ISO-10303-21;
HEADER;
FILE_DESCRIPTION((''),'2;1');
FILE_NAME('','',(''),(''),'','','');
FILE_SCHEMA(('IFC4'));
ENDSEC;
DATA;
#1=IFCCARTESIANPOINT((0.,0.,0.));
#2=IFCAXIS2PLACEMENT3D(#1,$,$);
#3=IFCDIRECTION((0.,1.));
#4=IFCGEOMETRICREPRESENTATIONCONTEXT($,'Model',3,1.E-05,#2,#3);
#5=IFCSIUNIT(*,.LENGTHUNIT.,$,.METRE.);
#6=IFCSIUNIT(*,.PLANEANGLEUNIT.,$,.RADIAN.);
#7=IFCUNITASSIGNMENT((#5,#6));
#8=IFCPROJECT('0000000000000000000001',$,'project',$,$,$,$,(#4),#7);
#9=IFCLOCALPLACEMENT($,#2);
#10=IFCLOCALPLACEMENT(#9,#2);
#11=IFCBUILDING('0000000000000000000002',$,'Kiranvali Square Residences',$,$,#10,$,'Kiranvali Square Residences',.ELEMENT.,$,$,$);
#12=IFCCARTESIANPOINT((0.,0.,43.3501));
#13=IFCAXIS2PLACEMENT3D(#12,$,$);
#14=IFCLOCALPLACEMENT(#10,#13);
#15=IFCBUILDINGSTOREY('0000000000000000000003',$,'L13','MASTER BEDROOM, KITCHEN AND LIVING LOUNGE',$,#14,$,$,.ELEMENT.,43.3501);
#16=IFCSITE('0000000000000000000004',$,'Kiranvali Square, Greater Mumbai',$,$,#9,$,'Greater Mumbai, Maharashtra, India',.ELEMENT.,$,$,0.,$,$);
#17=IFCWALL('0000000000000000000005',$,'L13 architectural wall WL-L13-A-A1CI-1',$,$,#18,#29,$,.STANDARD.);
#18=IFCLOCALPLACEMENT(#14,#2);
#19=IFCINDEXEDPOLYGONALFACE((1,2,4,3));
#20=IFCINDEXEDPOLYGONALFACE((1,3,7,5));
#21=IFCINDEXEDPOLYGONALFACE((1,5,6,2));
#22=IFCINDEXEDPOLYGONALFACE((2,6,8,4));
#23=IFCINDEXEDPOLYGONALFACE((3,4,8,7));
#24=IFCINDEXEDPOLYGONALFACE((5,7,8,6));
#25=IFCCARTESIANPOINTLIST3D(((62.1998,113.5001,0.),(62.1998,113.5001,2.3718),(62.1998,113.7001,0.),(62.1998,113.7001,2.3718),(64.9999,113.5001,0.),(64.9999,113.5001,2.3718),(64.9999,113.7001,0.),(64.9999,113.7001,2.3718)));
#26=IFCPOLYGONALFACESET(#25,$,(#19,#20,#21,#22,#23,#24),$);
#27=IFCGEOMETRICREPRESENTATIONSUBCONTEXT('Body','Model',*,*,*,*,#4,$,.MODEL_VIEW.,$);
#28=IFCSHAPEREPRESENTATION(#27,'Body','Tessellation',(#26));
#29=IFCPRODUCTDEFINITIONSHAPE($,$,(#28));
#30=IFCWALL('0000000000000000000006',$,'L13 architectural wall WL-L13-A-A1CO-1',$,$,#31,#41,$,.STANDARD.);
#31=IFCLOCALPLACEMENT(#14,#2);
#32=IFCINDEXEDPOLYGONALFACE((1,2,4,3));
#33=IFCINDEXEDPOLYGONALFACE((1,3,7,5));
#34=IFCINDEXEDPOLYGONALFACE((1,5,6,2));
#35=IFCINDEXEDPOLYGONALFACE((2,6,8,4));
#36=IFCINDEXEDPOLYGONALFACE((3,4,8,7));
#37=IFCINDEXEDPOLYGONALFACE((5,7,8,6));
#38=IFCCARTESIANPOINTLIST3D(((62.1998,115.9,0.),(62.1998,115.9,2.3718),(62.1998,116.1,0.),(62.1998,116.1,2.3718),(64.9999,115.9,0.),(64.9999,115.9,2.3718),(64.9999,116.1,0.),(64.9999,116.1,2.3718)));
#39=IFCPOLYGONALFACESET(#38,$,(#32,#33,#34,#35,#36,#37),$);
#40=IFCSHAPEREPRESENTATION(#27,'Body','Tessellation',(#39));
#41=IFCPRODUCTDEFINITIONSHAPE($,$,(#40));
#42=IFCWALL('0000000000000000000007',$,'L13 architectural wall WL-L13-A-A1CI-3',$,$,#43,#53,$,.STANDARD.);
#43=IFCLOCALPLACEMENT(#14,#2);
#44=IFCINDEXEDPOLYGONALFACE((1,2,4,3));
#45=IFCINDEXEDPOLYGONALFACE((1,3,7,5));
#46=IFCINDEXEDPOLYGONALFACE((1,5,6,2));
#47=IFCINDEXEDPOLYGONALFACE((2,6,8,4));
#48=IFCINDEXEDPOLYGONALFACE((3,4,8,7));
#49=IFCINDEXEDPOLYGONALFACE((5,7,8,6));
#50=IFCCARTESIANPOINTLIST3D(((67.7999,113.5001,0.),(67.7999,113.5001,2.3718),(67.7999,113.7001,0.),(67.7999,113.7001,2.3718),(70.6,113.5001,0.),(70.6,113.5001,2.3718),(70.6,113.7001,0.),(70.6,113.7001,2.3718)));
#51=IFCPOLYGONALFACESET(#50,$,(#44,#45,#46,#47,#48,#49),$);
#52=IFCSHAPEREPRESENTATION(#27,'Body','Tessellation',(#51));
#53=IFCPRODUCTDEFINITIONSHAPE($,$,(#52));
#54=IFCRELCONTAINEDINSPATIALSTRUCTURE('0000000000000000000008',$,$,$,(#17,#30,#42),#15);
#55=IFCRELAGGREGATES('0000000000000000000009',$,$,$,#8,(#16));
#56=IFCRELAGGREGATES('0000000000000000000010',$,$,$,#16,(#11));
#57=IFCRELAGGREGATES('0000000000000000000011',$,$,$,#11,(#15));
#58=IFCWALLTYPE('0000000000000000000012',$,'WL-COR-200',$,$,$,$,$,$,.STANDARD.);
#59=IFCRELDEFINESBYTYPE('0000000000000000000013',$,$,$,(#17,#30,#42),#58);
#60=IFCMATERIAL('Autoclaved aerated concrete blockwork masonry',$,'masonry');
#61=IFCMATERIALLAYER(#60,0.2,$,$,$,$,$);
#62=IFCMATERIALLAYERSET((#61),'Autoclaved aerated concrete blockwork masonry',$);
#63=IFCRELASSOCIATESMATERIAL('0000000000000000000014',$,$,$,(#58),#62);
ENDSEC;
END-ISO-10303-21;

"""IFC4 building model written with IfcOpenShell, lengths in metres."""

from ifc_helpers import new_model, si_unit, direction, frame, frame_2d, origin, place, context, subcontext, project, spatial, rectangle, extrude, material, layer, layer_set, type_object, element, save


model = new_model("IFC4")

# Units and contexts
model_context = context("Model", 3, precision=1e-05, world=origin(), true_north=direction((0.0, 1.0)))
body_context = subcontext(model_context, "Body", "Model", "MODEL_VIEW")
ifc_project = project(units=[si_unit("LENGTHUNIT", "METRE"), si_unit("PLANEANGLEUNIT", "RADIAN")], contexts=[model_context])

# Site, building, storey
site_placement = place(None, origin())
site = spatial("IfcSite", under=ifc_project, at=site_placement, Name="Kiranvali Square, Greater Mumbai", LongName="Greater Mumbai, Maharashtra, India", CompositionType="ELEMENT", RefElevation=0.0)
building_placement = place(site_placement, origin())
building = spatial("IfcBuilding", under=site, at=building_placement, Name="Kiranvali Square Residences", LongName="Kiranvali Square Residences", CompositionType="ELEMENT")
storey_placement = place(building_placement, frame((0.0, 0.0, 43.3501)))
storey = spatial("IfcBuildingStorey", under=building, at=storey_placement, Name="L13", Description="MASTER BEDROOM, KITCHEN AND LIVING LOUNGE", CompositionType="ELEMENT", Elevation=43.3501)

# Shared definitions
ifc_material_1 = material(Name="Autoclaved aerated concrete blockwork masonry", Category="masonry")
ifc_layer = layer(ifc_material_1, 0.2)
ifc_layer_set = layer_set([ifc_layer], Name="Autoclaved aerated concrete blockwork masonry")
wall_type = type_object("IfcWallType", Name="WL-COR-200", PredefinedType="STANDARD", material=ifc_layer_set)

# Walls
for number, where, z_axis, x_axis, name in (
    (1, (62.2, 113.6001, 0.0), (0.0, 0.0, 1.0), (1.0, 0.0, 0.0), "L13 architectural wall WL-L13-A-A1CI-1"),
    (2, (62.2, 116.0, 0.0), (0.0, 0.0, 1.0), (1.0, 0.0, 0.0), "L13 architectural wall WL-L13-A-A1CO-1"),
):
    element("IfcWall", number, at=place(storey_placement, frame(where, z_axis=z_axis, x_axis=x_axis)), inside=storey, type_object=wall_type, Name=name, PredefinedType="STANDARD", context=body_context, shape_type="SweptSolid", body=[
        extrude(rectangle(XDim=2.8, YDim=0.2, at=frame_2d((1.3999, 0.0))), origin(), (0.0, 0.0, 1.0), 2.3718),
    ])

# Wall
wall_1_placement = place(storey_placement, frame((67.8, 113.6001, 0.0), z_axis=(0.0, 0.0, 1.0), x_axis=(1.0, 0.0, 0.0)))
element("IfcWall", 3, at=wall_1_placement, inside=storey, type_object=wall_type, Name="L13 architectural wall WL-L13-A-A1CI-3", PredefinedType="STANDARD", context=body_context, shape_type="SweptSolid", body=[
    extrude(rectangle(XDim=2.8, YDim=0.2, at=frame_2d((1.3999, 0.0))), origin(), (0.0, 0.0, 1.0), 2.3718),
])

save(model, "model.ifc")
